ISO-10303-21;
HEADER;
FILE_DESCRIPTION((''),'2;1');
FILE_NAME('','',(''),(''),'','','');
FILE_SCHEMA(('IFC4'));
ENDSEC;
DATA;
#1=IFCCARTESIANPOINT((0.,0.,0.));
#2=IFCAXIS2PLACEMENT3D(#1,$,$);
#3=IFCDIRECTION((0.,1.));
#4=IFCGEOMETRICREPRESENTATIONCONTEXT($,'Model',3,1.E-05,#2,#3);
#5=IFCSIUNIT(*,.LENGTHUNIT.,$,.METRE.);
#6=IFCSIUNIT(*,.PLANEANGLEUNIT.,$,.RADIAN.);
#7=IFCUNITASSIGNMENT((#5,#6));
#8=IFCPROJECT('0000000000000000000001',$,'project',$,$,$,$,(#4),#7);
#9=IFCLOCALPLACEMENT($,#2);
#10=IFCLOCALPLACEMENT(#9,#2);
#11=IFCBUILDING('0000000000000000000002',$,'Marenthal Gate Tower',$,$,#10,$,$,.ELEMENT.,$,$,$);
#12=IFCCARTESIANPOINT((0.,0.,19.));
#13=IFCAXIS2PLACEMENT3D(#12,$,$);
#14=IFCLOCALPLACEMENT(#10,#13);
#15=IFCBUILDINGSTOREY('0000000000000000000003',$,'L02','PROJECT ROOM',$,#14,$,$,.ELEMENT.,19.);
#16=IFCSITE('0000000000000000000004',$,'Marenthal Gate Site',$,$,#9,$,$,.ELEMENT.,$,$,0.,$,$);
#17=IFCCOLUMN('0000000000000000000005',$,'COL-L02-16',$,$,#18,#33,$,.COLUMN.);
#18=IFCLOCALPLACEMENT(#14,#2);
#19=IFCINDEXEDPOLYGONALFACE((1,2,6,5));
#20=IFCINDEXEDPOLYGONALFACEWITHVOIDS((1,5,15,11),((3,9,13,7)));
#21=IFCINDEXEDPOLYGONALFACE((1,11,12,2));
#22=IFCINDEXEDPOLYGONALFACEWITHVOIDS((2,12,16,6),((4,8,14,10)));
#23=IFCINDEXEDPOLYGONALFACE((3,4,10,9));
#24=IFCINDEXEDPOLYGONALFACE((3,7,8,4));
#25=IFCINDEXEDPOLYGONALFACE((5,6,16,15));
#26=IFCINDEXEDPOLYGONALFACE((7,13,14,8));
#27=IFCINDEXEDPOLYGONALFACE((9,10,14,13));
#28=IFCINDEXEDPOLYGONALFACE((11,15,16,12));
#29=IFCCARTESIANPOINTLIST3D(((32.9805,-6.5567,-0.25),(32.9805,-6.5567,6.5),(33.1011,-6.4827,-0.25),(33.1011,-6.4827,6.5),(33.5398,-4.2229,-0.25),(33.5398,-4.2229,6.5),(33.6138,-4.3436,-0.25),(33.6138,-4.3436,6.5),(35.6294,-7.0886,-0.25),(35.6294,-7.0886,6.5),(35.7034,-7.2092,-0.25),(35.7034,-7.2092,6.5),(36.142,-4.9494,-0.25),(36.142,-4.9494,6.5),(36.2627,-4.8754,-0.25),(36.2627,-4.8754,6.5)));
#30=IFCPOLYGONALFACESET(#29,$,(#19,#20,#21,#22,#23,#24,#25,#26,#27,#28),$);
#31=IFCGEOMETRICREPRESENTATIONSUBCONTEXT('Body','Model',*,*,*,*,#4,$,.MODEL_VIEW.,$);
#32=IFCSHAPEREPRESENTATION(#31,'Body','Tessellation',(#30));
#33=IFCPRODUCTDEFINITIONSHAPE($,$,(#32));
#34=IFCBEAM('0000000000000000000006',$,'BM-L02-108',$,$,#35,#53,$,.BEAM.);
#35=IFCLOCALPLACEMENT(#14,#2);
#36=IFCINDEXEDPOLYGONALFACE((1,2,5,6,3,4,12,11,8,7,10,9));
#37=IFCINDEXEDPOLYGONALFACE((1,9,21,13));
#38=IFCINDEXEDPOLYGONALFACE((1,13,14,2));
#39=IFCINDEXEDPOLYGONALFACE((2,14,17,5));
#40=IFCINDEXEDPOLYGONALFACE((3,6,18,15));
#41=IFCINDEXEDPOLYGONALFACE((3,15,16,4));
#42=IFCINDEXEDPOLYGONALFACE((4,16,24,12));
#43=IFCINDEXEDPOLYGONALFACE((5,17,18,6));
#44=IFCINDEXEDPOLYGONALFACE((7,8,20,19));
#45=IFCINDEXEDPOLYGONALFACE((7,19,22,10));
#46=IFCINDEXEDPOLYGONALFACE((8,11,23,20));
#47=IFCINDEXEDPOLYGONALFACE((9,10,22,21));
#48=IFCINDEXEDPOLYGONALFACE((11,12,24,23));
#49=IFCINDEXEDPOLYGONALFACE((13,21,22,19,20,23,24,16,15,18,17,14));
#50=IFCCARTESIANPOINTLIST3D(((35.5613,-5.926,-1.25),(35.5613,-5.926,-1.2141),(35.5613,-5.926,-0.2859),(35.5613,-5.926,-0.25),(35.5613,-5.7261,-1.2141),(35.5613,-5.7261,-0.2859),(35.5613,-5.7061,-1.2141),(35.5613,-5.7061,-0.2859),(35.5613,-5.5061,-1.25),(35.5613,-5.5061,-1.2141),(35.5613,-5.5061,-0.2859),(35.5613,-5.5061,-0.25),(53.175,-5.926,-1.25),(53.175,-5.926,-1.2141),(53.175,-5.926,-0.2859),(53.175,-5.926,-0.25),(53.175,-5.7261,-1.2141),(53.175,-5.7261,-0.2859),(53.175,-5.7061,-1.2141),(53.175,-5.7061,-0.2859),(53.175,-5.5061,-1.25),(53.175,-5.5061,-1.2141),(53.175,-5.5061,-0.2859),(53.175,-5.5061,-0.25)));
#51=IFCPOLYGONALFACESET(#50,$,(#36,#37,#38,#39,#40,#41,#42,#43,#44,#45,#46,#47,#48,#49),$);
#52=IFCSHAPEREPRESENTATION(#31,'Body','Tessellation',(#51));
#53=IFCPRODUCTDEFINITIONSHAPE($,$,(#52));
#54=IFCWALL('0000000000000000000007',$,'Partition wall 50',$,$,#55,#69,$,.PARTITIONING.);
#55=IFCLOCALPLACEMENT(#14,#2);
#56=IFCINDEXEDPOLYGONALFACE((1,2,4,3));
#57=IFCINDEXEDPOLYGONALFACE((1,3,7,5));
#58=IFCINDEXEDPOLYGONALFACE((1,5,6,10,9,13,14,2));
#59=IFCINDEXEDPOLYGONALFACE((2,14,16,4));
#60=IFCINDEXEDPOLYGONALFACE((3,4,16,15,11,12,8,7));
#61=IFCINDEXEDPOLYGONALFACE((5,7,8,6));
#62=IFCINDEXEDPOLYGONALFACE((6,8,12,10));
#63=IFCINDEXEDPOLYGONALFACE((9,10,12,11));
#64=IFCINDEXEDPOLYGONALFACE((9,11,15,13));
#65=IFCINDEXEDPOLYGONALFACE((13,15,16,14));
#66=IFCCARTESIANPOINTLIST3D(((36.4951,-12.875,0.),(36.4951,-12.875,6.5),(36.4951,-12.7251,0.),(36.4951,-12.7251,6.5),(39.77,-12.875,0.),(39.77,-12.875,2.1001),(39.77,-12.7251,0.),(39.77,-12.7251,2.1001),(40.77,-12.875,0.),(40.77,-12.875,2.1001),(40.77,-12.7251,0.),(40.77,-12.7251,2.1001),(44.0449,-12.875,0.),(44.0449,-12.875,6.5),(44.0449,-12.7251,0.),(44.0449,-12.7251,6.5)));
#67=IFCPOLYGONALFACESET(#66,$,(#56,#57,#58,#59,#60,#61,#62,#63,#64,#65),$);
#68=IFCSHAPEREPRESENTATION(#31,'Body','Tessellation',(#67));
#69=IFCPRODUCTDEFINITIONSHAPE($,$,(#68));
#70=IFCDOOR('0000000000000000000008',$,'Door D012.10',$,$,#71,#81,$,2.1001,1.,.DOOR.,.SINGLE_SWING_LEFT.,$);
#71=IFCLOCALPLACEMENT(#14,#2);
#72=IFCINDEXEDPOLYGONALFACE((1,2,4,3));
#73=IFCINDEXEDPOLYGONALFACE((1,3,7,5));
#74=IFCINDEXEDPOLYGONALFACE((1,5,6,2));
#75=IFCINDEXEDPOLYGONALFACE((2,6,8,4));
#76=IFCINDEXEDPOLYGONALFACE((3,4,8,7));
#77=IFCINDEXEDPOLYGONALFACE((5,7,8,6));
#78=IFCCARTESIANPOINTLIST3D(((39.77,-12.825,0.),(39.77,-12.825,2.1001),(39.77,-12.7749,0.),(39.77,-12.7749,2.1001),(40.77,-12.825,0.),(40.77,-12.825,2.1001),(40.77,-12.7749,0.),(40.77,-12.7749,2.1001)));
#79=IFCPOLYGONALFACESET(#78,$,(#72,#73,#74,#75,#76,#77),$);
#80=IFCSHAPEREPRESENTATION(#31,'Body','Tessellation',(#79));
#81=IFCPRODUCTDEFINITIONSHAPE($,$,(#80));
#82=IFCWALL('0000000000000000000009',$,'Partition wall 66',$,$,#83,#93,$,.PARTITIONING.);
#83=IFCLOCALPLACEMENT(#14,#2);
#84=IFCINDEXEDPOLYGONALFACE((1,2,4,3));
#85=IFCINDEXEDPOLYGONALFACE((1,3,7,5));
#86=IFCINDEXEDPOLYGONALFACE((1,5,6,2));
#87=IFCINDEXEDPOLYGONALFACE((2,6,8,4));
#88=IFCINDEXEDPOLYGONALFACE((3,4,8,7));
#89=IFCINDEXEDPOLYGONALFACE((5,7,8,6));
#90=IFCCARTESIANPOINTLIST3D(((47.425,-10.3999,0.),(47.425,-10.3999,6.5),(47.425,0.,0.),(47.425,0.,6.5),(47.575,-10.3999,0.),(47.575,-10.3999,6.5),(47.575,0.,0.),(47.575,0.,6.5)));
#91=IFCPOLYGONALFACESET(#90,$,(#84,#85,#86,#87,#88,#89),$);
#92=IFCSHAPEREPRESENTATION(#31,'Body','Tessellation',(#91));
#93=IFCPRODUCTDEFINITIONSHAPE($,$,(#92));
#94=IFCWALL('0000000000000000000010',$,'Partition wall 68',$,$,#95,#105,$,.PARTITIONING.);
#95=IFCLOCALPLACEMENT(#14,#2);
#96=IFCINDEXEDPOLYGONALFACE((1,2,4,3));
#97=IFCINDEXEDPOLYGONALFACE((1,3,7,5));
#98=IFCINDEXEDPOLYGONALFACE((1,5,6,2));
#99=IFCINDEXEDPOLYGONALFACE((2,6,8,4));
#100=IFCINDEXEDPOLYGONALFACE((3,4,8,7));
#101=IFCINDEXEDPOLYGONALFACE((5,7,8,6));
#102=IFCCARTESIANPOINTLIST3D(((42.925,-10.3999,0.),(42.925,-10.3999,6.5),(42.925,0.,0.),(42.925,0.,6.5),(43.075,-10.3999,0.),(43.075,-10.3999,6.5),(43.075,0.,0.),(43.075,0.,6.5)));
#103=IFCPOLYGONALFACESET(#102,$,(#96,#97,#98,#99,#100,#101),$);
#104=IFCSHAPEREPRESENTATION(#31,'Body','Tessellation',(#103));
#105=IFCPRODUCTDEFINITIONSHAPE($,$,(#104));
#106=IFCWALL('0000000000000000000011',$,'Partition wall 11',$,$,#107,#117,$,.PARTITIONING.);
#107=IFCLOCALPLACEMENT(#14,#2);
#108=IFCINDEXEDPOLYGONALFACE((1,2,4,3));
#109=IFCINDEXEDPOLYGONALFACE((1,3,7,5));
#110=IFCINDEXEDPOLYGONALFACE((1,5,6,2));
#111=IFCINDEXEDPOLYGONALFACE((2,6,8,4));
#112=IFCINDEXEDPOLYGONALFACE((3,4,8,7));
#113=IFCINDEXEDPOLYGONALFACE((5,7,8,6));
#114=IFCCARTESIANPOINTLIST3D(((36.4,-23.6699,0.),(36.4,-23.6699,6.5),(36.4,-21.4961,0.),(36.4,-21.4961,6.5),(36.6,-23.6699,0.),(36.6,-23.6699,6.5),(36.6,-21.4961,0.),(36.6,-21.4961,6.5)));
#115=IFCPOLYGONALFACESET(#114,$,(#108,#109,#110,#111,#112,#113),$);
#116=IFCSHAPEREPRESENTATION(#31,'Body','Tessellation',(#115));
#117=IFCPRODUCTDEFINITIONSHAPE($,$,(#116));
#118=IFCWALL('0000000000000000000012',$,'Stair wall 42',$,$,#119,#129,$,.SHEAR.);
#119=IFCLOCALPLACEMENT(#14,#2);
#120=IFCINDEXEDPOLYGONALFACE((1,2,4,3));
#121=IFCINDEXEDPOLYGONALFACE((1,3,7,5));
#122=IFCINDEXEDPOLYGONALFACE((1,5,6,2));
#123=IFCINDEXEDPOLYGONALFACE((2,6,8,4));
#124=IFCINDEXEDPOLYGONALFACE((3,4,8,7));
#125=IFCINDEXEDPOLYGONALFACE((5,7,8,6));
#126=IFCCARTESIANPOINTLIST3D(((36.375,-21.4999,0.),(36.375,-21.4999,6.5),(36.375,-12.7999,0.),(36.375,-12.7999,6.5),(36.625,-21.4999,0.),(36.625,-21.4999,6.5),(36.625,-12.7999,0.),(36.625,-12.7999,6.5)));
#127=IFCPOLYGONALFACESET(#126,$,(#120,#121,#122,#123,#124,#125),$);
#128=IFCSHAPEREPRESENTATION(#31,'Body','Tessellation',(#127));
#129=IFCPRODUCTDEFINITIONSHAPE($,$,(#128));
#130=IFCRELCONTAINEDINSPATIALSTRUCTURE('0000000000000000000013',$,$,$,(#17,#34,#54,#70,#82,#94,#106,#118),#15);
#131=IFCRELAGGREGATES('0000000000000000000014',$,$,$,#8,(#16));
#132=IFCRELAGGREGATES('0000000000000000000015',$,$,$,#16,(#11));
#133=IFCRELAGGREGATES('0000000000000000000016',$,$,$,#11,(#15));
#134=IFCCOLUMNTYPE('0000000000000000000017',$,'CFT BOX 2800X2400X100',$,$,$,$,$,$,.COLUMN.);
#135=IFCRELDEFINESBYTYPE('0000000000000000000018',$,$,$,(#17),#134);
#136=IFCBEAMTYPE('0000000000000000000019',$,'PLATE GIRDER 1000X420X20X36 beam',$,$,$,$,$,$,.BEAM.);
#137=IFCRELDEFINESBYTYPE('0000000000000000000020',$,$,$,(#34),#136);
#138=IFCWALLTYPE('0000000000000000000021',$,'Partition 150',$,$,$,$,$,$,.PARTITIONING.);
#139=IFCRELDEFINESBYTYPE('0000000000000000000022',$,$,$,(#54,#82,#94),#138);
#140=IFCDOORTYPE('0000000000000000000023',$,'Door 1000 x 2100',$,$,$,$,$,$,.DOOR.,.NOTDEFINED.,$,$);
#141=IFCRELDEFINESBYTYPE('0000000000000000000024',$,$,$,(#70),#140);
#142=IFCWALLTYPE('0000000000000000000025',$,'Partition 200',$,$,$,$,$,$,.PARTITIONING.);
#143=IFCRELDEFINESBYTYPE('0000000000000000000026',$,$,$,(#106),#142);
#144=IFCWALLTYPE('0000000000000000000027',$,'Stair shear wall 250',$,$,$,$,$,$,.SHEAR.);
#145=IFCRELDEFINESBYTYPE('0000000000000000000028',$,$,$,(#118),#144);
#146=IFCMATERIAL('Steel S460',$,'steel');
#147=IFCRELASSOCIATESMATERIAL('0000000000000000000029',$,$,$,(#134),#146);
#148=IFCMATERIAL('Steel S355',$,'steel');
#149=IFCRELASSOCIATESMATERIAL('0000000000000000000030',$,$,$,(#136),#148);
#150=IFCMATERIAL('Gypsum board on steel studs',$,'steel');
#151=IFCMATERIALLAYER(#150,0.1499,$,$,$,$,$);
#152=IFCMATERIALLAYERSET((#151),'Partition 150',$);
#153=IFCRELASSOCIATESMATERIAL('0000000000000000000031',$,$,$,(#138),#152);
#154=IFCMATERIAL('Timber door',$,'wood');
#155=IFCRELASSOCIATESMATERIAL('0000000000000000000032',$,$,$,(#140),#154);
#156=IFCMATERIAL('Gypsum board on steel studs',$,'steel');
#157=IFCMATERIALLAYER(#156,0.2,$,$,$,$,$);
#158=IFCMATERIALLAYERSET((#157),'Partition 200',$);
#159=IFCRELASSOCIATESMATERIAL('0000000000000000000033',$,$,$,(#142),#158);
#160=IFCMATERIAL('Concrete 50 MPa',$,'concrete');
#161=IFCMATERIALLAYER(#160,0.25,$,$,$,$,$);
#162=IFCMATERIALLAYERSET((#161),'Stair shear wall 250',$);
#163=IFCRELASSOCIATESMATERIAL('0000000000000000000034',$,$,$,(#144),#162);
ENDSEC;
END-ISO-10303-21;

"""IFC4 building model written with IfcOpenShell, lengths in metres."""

from ifc_helpers import new_model, si_unit, direction, frame, frame_2d, origin, origin_2d, place, context, subcontext, project, spatial, rectangle, hollow_rectangle, i_section, extrude, material, layer, layer_set, material_profile, profile_set, type_object, element, fill, save


model = new_model("IFC4")

# Units and contexts
model_context = context("Model", 3, precision=1e-05, world=origin(), true_north=direction((0.0, 1.0)))
body_context = subcontext(model_context, "Body", "Model", "MODEL_VIEW")
ifc_project = project(units=[si_unit("LENGTHUNIT", "METRE"), si_unit("PLANEANGLEUNIT", "RADIAN")], contexts=[model_context])

# Site, building, storey
site_placement = place(None, origin())
site = spatial("IfcSite", under=ifc_project, at=site_placement, Name="Marenthal Gate Site", CompositionType="ELEMENT", RefElevation=0.0)
building_placement = place(site_placement, origin())
building = spatial("IfcBuilding", under=site, at=building_placement, Name="Marenthal Gate Tower", CompositionType="ELEMENT")
storey_placement = place(building_placement, frame((0.0, 0.0, 19.0)))
storey = spatial("IfcBuildingStorey", under=building, at=storey_placement, Name="L02", Description="PROJECT ROOM", CompositionType="ELEMENT", Elevation=19.0)

# Column
ifc_material_1 = material(Name="Steel S460", Category="steel")
ifc_material_profile_1 = material_profile(ifc_material_1, hollow_rectangle(XDim=2.3999, YDim=2.8, WallThickness=0.1001, at=origin_2d()), Name="CFT BOX 2800X2400X100")
ifc_material_2 = material(Name="Concrete 70 MPa", Category="concrete")
ifc_material_profile_2 = material_profile(ifc_material_2, rectangle(XDim=2.2, YDim=2.6001, at=origin_2d()), Name="CFT BOX 2800X2400X100 INFILL")
ifc_profile_set_1 = profile_set([ifc_material_profile_1, ifc_material_profile_2], Name="Steel S460 shell, Concrete 70 MPa infill")
column_type = type_object("IfcColumnType", Name="CFT BOX 2800X2400X100", PredefinedType="COLUMN", material=ifc_profile_set_1)
column_placement = place(storey_placement, frame((34.6216, -5.7161, -0.25), z_axis=(0.0, 0.0, 1.0), x_axis=(-0.233047, -0.972466, 0.0)))
element("IfcColumn", 1, at=column_placement, inside=storey, type_object=column_type, Name="COL-L02-16", PredefinedType="COLUMN", context=body_context, shape_type="SweptSolid", body=[
    extrude(hollow_rectangle(XDim=2.3999, YDim=2.8, WallThickness=0.1001, at=origin_2d()), origin(), (0.0, 0.0, 1.0), 6.75),
])

# Beam
ifc_material_3 = material(Name="Steel S355", Category="steel")
ifc_material_profile_3 = material_profile(ifc_material_3, i_section(OverallWidth=0.4199, OverallDepth=1.0, WebThickness=0.02, FlangeThickness=0.0359, at=origin_2d()), Name="PLATE GIRDER 1000X420X20X36")
ifc_profile_set_2 = profile_set([ifc_material_profile_3], Name="Steel S355")
beam_type = type_object("IfcBeamType", Name="PLATE GIRDER 1000X420X20X36 beam", PredefinedType="BEAM", material=ifc_profile_set_2)
beam_placement = place(storey_placement, frame((35.5613, -5.7161, -0.75), z_axis=(1.0, 0.0, 0.0), x_axis=(0.0, 1.0, 0.0)))
element("IfcBeam", 2, at=beam_placement, inside=storey, type_object=beam_type, Name="BM-L02-108", PredefinedType="BEAM", context=body_context, shape_type="SweptSolid", body=[
    extrude(i_section(OverallWidth=0.4199, OverallDepth=1.0, WebThickness=0.02, FlangeThickness=0.0359, at=origin_2d()), origin(), (0.0, 0.0, 1.0), 17.6138),
])

# Wall, opening, door
ifc_material_4 = material(Name="Gypsum board on steel studs", Category="steel")
ifc_layer_1 = layer(ifc_material_4, 0.1499)
ifc_layer_set_1 = layer_set([ifc_layer_1], Name="Partition 150")
wall_type_1 = type_object("IfcWallType", Name="Partition 150", PredefinedType="PARTITIONING", material=ifc_layer_set_1)
wall_1_placement = place(storey_placement, frame((36.4951, -12.8, 0.0), z_axis=(0.0, 0.0, 1.0), x_axis=(1.0, 0.0, 0.0)))
wall_1 = element("IfcWall", 3, at=wall_1_placement, inside=storey, type_object=wall_type_1, Name="Partition wall 50", PredefinedType="PARTITIONING", context=body_context, shape_type="SweptSolid", body=[
    extrude(rectangle(XDim=7.5498, YDim=0.1499, at=frame_2d((3.7749, 0.0))), origin(), (0.0, 0.0, 1.0), 6.5),
])
opening_1_placement = place(wall_1_placement, frame((3.2749, 0.0, 0.0)))
opening_1 = element("IfcOpeningElement", 4, at=opening_1_placement, cuts=wall_1, PredefinedType="OPENING", context=body_context, shape_type="SweptSolid", body=[
    extrude(rectangle(XDim=1.0, YDim=2.1001, at=frame_2d((0.5, 1.05))), frame((0.0, 0.085, 0.0), z_axis=(0.0, -1.0, 0.0), x_axis=(1.0, 0.0, 0.0)), (0.0, 0.0, 1.0), 0.1699),
])
ifc_material_5 = material(Name="Timber door", Category="wood")
door_type = type_object("IfcDoorType", Name="Door 1000 x 2100", OperationType="NOTDEFINED", PredefinedType="DOOR", material=ifc_material_5)
door_1_placement = place(opening_1_placement, frame((1.0, 0.0, 0.0), z_axis=(0.0, 0.0, 1.0), x_axis=(-1.0, 0.0, 0.0)))
door_1 = element("IfcDoor", 5, at=door_1_placement, inside=storey, type_object=door_type, Name="Door D012.10", OperationType="SINGLE_SWING_LEFT", OverallHeight=2.1001, OverallWidth=1.0, PredefinedType="DOOR", context=body_context, shape_type="SweptSolid", body=[
    extrude(rectangle(XDim=1.0, YDim=2.1001, at=frame_2d((0.5, 1.05))), frame((0.0, 0.0249, 0.0), z_axis=(0.0, -1.0, 0.0), x_axis=(1.0, 0.0, 0.0)), (0.0, 0.0, 1.0), 0.05),
])
fill(opening_1, door_1)

# Walls
for number, where, z_axis, x_axis, name in (
    (6, (47.5, -10.3999, 0.0), (0.0, 0.0, 1.0), (0.0, 1.0, 0.0), "Partition wall 66"),
    (7, (43.0, -10.3999, 0.0), (0.0, 0.0, 1.0), (0.0, 1.0, 0.0), "Partition wall 68"),
):
    element("IfcWall", number, at=place(storey_placement, frame(where, z_axis=z_axis, x_axis=x_axis)), inside=storey, type_object=wall_type_1, Name=name, PredefinedType="PARTITIONING", context=body_context, shape_type="SweptSolid", body=[
        extrude(rectangle(XDim=10.3999, YDim=0.1499, at=frame_2d((5.2, 0.0))), origin(), (0.0, 0.0, 1.0), 6.5),
    ])
ifc_material_6 = material(Name="Gypsum board on steel studs", Category="steel")
ifc_layer_2 = layer(ifc_material_6, 0.2)
ifc_layer_set_2 = layer_set([ifc_layer_2], Name="Partition 200")
wall_type_2 = type_object("IfcWallType", Name="Partition 200", PredefinedType="PARTITIONING", material=ifc_layer_set_2)
wall_2_placement = place(storey_placement, frame((36.5, -23.6699, 0.0), z_axis=(0.0, 0.0, 1.0), x_axis=(0.0, 1.0, 0.0)))
element("IfcWall", 8, at=wall_2_placement, inside=storey, type_object=wall_type_2, Name="Partition wall 11", PredefinedType="PARTITIONING", context=body_context, shape_type="SweptSolid", body=[
    extrude(rectangle(XDim=2.1738, YDim=0.2, at=frame_2d((1.0869, 0.0))), origin(), (0.0, 0.0, 1.0), 6.5),
])
ifc_material_7 = material(Name="Concrete 50 MPa", Category="concrete")
ifc_layer_3 = layer(ifc_material_7, 0.25)
ifc_layer_set_3 = layer_set([ifc_layer_3], Name="Stair shear wall 250")
wall_type_3 = type_object("IfcWallType", Name="Stair shear wall 250", PredefinedType="SHEAR", material=ifc_layer_set_3)
wall_3_placement = place(storey_placement, frame((36.5, -21.5, 0.0), z_axis=(0.0, 0.0, 1.0), x_axis=(0.0, 1.0, 0.0)))
element("IfcWall", 9, at=wall_3_placement, inside=storey, type_object=wall_type_3, Name="Stair wall 42", PredefinedType="SHEAR", context=body_context, shape_type="SweptSolid", body=[
    extrude(rectangle(XDim=8.7, YDim=0.25, at=frame_2d((4.3501, 0.0))), origin(), (0.0, 0.0, 1.0), 6.5),
])

save(model, "model.ifc")
